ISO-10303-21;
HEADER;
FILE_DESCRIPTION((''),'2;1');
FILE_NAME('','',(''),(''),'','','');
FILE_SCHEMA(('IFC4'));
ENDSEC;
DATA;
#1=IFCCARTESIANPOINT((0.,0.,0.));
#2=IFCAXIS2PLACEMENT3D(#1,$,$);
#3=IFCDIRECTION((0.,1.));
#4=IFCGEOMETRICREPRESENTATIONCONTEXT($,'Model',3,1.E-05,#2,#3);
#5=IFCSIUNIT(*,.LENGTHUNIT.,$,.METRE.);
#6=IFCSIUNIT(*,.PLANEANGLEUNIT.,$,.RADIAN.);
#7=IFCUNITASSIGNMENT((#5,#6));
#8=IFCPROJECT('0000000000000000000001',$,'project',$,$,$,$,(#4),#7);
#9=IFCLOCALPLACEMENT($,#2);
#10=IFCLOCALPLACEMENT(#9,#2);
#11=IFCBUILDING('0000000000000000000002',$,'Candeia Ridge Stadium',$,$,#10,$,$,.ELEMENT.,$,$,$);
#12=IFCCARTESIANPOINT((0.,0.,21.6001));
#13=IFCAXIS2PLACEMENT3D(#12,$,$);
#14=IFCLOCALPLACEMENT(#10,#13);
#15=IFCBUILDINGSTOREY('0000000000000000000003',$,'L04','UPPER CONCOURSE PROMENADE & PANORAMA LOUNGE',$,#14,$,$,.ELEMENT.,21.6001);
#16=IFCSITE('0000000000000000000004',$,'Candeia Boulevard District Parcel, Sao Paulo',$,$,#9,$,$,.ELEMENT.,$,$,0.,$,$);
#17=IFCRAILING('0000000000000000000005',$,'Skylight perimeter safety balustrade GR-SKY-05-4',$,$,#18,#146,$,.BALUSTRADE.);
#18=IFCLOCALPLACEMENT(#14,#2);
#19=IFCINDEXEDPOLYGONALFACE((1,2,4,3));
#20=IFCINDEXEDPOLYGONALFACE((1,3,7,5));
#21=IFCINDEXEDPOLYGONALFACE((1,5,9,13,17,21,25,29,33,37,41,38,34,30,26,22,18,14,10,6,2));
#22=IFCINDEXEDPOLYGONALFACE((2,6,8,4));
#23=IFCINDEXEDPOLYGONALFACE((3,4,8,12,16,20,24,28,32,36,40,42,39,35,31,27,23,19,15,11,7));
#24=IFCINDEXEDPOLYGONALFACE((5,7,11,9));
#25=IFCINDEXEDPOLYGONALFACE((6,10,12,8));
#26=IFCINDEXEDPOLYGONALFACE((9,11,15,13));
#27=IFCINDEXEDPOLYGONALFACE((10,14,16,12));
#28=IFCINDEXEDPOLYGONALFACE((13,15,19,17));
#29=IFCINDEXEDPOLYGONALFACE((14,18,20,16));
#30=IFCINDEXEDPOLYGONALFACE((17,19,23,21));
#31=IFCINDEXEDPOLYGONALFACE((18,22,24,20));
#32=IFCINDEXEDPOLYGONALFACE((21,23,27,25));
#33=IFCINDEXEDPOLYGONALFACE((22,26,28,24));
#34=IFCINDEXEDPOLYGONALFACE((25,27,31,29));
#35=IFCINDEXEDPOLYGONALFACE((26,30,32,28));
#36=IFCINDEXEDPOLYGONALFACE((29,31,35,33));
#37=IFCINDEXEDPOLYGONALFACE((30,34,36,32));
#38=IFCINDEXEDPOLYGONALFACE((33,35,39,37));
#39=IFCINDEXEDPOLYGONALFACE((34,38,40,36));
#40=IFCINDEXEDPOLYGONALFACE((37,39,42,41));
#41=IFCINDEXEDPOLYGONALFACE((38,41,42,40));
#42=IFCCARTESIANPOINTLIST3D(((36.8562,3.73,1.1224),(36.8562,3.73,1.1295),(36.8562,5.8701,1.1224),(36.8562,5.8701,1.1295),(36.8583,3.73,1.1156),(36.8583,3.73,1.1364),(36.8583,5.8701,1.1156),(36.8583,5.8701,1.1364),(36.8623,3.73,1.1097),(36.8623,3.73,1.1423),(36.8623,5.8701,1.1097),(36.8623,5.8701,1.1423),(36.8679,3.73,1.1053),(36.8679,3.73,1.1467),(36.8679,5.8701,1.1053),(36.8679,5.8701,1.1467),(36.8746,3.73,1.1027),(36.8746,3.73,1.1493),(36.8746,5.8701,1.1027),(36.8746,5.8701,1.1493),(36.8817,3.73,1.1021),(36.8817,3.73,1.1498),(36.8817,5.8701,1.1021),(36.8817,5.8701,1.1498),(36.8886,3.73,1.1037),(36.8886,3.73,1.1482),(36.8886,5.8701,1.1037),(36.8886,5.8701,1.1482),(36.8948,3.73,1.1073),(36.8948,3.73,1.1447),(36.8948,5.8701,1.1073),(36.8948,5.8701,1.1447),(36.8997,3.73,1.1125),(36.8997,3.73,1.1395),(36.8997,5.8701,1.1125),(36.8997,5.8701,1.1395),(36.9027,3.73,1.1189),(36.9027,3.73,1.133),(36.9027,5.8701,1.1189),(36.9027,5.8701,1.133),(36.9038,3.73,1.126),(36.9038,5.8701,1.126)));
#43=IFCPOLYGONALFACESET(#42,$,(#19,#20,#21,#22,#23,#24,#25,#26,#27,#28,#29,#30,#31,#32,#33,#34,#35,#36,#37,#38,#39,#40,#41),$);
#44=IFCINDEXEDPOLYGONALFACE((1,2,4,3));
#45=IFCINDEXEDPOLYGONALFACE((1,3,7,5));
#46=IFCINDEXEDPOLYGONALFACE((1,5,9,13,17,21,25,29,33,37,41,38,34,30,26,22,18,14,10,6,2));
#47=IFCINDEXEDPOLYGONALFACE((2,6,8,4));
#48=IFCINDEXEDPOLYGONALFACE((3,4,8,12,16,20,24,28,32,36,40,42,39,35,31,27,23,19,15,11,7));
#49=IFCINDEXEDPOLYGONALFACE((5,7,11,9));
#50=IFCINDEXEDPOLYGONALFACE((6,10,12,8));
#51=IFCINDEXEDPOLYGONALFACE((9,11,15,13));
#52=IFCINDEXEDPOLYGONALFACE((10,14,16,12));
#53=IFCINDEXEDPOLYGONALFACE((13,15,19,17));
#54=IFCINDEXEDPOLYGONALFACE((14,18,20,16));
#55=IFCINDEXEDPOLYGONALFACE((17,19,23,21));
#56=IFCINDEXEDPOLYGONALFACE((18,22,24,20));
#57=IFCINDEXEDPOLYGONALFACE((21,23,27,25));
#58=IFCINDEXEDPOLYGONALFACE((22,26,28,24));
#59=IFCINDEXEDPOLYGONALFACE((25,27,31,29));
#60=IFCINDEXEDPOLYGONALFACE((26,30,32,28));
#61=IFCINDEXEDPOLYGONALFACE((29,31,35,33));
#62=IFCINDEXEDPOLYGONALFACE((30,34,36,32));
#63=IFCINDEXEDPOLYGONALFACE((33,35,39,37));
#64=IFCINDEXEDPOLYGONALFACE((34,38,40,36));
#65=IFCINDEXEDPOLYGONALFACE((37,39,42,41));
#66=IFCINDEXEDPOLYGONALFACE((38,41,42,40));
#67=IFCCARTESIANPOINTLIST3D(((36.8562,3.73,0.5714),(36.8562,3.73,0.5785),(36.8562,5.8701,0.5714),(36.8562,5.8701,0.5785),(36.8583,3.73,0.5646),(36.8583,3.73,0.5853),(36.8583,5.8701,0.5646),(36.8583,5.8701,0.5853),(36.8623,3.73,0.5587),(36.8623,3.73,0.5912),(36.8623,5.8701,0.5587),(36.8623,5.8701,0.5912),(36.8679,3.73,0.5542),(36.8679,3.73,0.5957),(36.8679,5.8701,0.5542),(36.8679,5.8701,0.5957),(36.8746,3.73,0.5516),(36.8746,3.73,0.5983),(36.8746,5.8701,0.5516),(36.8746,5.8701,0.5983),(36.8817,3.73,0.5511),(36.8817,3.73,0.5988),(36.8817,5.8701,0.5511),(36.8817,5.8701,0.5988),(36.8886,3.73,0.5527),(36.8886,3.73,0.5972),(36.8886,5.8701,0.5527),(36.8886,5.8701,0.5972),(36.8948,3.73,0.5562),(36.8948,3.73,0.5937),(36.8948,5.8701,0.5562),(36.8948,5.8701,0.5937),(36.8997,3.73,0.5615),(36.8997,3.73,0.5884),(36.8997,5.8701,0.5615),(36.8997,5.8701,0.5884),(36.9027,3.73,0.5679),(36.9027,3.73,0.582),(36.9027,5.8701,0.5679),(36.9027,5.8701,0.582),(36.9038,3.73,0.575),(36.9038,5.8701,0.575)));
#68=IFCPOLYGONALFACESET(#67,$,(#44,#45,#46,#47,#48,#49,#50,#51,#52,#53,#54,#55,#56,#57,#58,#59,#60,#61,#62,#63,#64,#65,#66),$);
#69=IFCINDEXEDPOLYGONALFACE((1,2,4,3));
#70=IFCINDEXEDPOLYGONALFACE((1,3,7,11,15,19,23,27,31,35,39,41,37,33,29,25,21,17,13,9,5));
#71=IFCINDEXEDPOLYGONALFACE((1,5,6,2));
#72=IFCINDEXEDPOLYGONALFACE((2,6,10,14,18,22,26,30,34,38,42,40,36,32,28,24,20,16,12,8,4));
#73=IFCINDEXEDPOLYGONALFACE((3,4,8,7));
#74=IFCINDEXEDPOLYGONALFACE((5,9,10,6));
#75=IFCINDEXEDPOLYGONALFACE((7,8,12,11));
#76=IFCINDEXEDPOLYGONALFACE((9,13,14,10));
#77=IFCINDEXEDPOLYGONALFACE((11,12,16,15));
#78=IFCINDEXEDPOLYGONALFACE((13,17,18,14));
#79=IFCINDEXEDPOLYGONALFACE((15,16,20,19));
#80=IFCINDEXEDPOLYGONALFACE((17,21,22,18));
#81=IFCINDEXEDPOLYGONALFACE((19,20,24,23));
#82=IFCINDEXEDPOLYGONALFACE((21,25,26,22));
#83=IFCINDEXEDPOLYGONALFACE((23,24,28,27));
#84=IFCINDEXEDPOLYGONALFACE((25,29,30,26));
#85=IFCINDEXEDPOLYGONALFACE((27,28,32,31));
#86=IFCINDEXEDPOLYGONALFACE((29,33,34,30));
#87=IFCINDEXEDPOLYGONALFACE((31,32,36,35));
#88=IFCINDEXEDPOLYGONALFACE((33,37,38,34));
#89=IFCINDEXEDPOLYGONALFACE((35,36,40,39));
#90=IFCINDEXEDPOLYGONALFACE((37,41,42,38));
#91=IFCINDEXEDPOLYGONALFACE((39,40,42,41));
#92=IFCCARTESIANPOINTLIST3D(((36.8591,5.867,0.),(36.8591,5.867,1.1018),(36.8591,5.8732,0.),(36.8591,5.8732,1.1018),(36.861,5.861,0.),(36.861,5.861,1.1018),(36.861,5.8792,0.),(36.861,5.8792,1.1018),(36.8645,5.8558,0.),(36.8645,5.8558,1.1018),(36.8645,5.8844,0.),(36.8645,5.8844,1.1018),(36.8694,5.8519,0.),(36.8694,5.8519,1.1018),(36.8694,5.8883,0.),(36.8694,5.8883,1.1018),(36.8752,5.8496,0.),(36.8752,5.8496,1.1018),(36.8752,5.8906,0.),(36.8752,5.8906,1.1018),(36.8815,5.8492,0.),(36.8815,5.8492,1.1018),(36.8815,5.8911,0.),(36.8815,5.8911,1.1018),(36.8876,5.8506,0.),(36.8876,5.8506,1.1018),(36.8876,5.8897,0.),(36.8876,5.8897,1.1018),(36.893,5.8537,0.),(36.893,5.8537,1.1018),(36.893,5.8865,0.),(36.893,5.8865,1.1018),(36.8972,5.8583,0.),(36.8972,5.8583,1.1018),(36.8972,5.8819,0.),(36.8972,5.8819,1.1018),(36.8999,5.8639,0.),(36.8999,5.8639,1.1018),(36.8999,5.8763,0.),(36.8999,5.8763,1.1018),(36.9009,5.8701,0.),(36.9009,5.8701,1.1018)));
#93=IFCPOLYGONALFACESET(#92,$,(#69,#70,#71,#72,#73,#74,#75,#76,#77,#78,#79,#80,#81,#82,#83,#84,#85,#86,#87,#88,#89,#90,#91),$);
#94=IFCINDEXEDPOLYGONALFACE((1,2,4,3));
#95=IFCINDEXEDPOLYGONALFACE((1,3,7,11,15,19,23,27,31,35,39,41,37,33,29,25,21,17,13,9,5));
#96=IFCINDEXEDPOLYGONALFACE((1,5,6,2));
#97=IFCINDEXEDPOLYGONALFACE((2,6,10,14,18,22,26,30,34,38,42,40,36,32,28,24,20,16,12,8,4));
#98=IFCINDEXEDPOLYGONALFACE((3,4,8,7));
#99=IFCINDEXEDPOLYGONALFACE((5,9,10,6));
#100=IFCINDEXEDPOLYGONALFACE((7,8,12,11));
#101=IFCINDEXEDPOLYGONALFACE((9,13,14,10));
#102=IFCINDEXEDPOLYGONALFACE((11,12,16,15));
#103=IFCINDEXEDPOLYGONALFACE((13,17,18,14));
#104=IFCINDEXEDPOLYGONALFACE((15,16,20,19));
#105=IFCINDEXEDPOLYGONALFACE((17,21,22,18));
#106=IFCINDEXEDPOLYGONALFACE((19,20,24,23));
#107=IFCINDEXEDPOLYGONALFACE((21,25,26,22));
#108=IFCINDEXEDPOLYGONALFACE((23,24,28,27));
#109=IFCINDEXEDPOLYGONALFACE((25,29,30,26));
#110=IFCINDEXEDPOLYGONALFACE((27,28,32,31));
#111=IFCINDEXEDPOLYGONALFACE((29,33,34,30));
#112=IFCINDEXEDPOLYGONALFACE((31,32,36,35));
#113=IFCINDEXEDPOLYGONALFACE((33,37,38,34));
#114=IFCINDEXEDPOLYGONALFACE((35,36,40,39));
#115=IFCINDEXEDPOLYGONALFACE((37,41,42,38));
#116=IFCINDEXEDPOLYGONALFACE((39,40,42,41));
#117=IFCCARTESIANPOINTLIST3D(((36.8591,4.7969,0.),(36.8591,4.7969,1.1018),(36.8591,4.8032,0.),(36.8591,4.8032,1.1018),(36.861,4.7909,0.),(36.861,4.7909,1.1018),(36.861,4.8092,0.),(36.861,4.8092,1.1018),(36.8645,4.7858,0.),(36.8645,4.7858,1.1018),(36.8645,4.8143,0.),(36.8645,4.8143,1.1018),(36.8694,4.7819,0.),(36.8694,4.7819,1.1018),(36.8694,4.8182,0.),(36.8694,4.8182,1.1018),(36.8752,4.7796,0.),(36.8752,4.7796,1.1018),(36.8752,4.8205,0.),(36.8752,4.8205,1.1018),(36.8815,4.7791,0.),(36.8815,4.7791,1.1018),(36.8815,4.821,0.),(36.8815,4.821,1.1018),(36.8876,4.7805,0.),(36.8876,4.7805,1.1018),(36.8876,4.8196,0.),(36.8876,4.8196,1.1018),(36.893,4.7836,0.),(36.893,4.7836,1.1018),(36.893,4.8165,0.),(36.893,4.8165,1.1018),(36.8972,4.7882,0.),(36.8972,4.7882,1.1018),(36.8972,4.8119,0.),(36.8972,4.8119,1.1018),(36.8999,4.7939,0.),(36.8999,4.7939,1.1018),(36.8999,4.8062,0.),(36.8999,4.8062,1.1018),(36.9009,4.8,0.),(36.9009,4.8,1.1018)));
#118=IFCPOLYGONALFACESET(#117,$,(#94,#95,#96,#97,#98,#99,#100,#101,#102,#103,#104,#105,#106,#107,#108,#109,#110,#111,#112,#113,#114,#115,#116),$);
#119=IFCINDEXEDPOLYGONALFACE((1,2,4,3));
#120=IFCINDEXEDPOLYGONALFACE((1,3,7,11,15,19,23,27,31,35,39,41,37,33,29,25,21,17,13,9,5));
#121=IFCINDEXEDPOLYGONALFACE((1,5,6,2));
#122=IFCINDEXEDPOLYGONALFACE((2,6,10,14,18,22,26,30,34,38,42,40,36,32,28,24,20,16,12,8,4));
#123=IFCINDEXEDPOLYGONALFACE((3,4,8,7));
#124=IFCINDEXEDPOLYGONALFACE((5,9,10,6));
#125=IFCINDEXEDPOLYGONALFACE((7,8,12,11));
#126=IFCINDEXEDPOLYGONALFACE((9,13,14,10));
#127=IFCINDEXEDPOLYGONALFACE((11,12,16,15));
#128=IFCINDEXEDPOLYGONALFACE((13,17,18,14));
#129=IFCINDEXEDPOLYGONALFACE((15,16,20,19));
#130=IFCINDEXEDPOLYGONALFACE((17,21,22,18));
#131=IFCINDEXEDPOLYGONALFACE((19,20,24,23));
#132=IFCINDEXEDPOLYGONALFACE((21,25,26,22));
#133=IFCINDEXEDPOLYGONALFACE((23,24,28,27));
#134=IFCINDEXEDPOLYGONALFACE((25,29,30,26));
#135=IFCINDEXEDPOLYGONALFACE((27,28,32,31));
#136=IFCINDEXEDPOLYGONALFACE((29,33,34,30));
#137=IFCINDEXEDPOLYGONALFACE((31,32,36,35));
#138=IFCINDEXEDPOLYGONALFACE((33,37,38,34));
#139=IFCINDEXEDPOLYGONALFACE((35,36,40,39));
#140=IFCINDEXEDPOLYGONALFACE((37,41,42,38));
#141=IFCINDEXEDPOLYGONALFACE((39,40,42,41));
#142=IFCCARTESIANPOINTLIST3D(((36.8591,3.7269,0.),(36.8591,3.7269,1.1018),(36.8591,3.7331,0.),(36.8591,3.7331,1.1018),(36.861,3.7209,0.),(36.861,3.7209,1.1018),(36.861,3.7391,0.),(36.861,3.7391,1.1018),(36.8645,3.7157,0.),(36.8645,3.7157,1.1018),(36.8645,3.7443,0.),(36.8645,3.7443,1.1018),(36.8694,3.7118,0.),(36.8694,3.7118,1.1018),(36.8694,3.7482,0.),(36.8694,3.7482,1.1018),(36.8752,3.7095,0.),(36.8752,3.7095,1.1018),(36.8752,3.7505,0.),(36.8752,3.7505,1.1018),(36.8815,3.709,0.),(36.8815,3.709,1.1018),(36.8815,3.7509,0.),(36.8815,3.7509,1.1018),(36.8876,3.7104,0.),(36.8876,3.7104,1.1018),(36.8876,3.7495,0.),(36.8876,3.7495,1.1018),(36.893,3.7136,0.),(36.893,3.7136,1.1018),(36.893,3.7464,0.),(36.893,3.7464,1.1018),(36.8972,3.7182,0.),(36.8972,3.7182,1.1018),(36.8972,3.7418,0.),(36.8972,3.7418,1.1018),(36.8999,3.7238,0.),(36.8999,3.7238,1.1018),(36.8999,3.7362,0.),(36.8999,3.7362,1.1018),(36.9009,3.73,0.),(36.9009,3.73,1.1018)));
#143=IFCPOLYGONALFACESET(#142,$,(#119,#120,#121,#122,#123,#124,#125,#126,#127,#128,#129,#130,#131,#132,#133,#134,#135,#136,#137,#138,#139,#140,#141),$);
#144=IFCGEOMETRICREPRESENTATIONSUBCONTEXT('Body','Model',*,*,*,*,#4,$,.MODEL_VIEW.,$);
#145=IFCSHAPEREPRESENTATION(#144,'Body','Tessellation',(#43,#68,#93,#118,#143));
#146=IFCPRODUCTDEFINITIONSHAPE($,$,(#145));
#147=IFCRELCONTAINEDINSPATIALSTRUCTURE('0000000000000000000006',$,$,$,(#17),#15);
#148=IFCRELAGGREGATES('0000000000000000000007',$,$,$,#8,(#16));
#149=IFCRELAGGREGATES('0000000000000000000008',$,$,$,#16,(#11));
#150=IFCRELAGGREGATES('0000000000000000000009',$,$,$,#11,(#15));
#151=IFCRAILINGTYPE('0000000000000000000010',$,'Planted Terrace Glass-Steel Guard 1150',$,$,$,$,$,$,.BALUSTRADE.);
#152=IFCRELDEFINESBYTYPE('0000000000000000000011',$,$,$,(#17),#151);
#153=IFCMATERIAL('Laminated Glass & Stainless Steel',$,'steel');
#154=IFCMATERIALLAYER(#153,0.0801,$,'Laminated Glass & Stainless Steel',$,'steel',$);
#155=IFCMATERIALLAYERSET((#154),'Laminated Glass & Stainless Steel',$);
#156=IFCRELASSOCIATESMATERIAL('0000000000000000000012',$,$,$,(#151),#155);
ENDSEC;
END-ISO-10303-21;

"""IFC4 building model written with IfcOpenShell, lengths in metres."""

from ifc_helpers import new_model, si_unit, direction, frame, origin, origin_2d, place, context, subcontext, project, spatial, circle, extrude, material, layer, layer_set, type_object, element, save


model = new_model("IFC4")

# Units and contexts
model_context = context("Model", 3, precision=1e-05, world=origin(), true_north=direction((0.0, 1.0)))
body_context = subcontext(model_context, "Body", "Model", "MODEL_VIEW")
ifc_project = project(units=[si_unit("LENGTHUNIT", "METRE"), si_unit("PLANEANGLEUNIT", "RADIAN")], contexts=[model_context])

# Site, building, storey
site_placement = place(None, origin())
site = spatial("IfcSite", under=ifc_project, at=site_placement, Name="Candeia Boulevard District Parcel, Sao Paulo", CompositionType="ELEMENT", RefElevation=0.0)
building_placement = place(site_placement, origin())
building = spatial("IfcBuilding", under=site, at=building_placement, Name="Candeia Ridge Stadium", CompositionType="ELEMENT")
storey_placement = place(building_placement, frame((0.0, 0.0, 21.6001)))
storey = spatial("IfcBuildingStorey", under=building, at=storey_placement, Name="L04", Description="UPPER CONCOURSE PROMENADE & PANORAMA LOUNGE", CompositionType="ELEMENT", Elevation=21.6001)

# Railing
ifc_material_1 = material(Name="Laminated Glass & Stainless Steel", Category="steel")
ifc_layer_1 = layer(ifc_material_1, 0.0801, Name="Laminated Glass & Stainless Steel", Category="steel")
ifc_layer_set_1 = layer_set([ifc_layer_1], Name="Laminated Glass & Stainless Steel")
railing_type_1 = type_object("IfcRailingType", Name="Planted Terrace Glass-Steel Guard 1150", PredefinedType="BALUSTRADE", material=ifc_layer_set_1)
railing_1_placement = place(storey_placement, frame((36.8799, 5.8701, 0.0)))
element("IfcRailing", 1, at=railing_1_placement, inside=storey, type_object=railing_type_1, Name="Skylight perimeter safety balustrade GR-SKY-05-4", PredefinedType="BALUSTRADE", context=body_context, shape_type="SweptSolid", body=[
    extrude(circle(Radius=0.0239, at=origin_2d()), frame((0.0, 0.0, 1.126), z_axis=(0.0, -1.0, 0.0), x_axis=(1.0, 0.0, 0.0)), (0.0, 0.0, 1.0), 2.1401),
    extrude(circle(Radius=0.0239, at=origin_2d()), frame((0.0, 0.0, 0.575), z_axis=(0.0, -1.0, 0.0), x_axis=(1.0, 0.0, 0.0)), (0.0, 0.0, 1.0), 2.1401),
    extrude(circle(Radius=0.021, at=origin_2d()), origin(), (0.0, 0.0, 1.0), 1.1018),
    extrude(circle(Radius=0.021, at=origin_2d()), frame((0.0, -1.0701, 0.0)), (0.0, 0.0, 1.0), 1.1018),
    extrude(circle(Radius=0.021, at=origin_2d()), frame((0.0, -2.1401, 0.0)), (0.0, 0.0, 1.0), 1.1018),
])

save(model, "model.ifc")
